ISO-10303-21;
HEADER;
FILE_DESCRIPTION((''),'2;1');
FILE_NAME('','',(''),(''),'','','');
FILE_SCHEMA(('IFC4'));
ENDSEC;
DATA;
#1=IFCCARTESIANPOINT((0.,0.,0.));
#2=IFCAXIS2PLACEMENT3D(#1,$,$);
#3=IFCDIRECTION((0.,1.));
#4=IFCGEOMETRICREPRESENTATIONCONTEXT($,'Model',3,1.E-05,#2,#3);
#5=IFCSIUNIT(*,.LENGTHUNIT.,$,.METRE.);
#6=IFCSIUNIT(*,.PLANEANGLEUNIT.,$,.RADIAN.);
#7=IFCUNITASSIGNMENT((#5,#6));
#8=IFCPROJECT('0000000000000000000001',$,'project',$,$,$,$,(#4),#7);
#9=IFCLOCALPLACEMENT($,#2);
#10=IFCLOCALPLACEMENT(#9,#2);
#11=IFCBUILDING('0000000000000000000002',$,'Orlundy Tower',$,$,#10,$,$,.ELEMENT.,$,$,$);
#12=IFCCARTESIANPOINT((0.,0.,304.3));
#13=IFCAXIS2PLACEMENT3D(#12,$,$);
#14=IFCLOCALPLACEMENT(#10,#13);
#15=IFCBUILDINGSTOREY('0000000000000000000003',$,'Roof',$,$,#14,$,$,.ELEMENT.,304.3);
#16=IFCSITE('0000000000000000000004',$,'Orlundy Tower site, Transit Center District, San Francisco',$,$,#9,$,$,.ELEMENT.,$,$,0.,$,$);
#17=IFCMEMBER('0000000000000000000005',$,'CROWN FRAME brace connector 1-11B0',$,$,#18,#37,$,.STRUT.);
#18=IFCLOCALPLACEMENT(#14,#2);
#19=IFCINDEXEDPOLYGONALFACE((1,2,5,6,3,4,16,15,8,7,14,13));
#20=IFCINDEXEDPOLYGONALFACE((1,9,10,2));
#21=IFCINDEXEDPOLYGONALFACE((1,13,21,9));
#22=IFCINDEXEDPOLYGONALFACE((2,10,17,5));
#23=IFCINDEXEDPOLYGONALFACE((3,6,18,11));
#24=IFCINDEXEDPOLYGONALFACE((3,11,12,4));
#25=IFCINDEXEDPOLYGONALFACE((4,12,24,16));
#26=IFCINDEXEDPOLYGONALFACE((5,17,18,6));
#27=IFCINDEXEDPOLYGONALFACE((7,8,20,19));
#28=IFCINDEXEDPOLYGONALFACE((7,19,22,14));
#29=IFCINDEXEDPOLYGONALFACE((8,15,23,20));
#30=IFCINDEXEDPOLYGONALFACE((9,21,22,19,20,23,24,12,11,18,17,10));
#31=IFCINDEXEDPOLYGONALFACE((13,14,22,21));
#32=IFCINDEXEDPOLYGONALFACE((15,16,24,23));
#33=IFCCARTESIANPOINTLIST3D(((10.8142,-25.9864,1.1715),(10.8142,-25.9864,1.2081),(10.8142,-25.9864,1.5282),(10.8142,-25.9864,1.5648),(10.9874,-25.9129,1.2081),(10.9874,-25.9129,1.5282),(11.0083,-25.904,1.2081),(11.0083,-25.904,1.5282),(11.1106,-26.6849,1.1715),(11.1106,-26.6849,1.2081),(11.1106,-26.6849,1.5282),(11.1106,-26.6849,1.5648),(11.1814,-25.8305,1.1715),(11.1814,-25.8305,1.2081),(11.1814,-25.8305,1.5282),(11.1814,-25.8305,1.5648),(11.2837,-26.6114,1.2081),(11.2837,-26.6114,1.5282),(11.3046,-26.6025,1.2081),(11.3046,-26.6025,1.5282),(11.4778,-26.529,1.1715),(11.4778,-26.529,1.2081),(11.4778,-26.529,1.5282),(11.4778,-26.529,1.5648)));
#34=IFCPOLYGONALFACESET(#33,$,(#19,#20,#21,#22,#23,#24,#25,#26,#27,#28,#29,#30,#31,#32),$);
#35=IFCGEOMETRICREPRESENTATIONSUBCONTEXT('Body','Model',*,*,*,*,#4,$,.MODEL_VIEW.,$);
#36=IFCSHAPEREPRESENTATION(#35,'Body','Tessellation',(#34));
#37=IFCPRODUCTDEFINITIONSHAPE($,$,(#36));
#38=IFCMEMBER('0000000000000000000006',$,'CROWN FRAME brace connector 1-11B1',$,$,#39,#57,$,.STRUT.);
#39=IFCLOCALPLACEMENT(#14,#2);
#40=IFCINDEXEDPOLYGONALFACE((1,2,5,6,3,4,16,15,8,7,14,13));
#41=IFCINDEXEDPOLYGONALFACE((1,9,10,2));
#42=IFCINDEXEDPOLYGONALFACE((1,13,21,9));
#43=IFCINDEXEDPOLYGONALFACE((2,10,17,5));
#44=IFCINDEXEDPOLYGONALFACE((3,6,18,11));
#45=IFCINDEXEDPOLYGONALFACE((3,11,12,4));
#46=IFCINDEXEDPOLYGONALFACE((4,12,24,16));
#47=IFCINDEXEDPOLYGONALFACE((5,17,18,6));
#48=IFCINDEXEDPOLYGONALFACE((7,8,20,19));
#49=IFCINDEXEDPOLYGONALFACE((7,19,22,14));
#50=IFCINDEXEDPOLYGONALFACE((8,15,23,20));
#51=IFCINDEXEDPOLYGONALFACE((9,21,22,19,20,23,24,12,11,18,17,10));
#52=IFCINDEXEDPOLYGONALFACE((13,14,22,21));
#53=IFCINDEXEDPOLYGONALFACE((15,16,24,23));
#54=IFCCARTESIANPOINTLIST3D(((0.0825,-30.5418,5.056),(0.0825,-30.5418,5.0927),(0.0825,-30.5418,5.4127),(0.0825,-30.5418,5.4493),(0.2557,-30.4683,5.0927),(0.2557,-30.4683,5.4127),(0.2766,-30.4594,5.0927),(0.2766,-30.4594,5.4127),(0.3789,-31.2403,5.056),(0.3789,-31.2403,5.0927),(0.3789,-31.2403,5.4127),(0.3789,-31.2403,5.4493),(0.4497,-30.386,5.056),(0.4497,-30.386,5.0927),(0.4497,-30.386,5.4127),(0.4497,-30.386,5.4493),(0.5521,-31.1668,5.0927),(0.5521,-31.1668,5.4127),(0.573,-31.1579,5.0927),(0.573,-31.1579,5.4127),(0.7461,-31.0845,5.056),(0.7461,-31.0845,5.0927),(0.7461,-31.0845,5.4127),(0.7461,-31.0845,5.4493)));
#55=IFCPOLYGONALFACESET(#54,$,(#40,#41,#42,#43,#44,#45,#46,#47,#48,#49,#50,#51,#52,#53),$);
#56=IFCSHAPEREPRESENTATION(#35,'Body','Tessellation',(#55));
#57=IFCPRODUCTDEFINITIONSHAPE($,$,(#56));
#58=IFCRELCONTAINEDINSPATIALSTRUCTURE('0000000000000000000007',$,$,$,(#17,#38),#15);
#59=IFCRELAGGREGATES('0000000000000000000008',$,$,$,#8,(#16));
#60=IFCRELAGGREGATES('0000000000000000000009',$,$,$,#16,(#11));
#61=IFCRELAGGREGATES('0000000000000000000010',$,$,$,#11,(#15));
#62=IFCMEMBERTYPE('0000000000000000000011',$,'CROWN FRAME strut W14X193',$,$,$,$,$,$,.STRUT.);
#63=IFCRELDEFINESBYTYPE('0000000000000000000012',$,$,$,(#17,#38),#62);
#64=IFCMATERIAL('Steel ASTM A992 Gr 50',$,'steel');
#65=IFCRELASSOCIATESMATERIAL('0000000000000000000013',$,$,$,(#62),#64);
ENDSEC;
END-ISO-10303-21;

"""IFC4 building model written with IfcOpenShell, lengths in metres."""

from ifc_helpers import new_model, si_unit, direction, frame, origin, origin_2d, place, context, subcontext, project, spatial, i_section, extrude, material, material_profile, profile_set, type_object, element, save


model = new_model("IFC4")

# Units and contexts
model_context = context("Model", 3, precision=1e-05, world=origin(), true_north=direction((0.0, 1.0)))
body_context = subcontext(model_context, "Body", "Model", "MODEL_VIEW")
ifc_project = project(units=[si_unit("LENGTHUNIT", "METRE"), si_unit("PLANEANGLEUNIT", "RADIAN")], contexts=[model_context])

# Site, building, storey
site_placement = place(None, origin())
site = spatial("IfcSite", under=ifc_project, at=site_placement, Name="Orlundy Tower site, Transit Center District, San Francisco", CompositionType="ELEMENT", RefElevation=0.0)
building_placement = place(site_placement, origin())
building = spatial("IfcBuilding", under=site, at=building_placement, Name="Orlundy Tower", CompositionType="ELEMENT")
storey_placement = place(building_placement, frame((0.0, 0.0, 304.3)))
storey = spatial("IfcBuildingStorey", under=building, at=storey_placement, Name="Roof", CompositionType="ELEMENT", Elevation=304.3)

# Members
ifc_material_1 = material(Name="Steel ASTM A992 Gr 50", Category="steel")
ifc_material_profile_1 = material_profile(ifc_material_1, i_section(OverallWidth=0.3989, OverallDepth=0.3933, WebThickness=0.0227, FlangeThickness=0.0366, at=origin_2d()), Name="W14X193")
ifc_profile_set_1 = profile_set([ifc_material_profile_1], Name="Steel ASTM A992 Gr 50")
member_type_1 = type_object("IfcMemberType", Name="CROWN FRAME strut W14X193", PredefinedType="STRUT", material=ifc_profile_set_1)
for number, where, z_axis, x_axis, name in (
    (1, (10.9978, -25.9084, 1.3682), (0.390616, -0.920554, 0.0), (0.920554, 0.390616, 0.0), "CROWN FRAME brace connector 1-11B0"),
    (2, (0.2661, -30.4639, 5.2527), (0.390616, -0.920554, 0.0), (0.920554, 0.390616, 0.0), "CROWN FRAME brace connector 1-11B1"),
):
    element("IfcMember", number, at=place(storey_placement, frame(where, z_axis=z_axis, x_axis=x_axis)), inside=storey, type_object=member_type_1, Name=name, PredefinedType="STRUT", context=body_context, shape_type="SweptSolid", body=[
        extrude(i_section(OverallWidth=0.3989, OverallDepth=0.3933, WebThickness=0.0227, FlangeThickness=0.0366, at=origin_2d()), origin(), (0.0, 0.0, 1.0), 0.7588),
    ])

save(model, "model.ifc")
